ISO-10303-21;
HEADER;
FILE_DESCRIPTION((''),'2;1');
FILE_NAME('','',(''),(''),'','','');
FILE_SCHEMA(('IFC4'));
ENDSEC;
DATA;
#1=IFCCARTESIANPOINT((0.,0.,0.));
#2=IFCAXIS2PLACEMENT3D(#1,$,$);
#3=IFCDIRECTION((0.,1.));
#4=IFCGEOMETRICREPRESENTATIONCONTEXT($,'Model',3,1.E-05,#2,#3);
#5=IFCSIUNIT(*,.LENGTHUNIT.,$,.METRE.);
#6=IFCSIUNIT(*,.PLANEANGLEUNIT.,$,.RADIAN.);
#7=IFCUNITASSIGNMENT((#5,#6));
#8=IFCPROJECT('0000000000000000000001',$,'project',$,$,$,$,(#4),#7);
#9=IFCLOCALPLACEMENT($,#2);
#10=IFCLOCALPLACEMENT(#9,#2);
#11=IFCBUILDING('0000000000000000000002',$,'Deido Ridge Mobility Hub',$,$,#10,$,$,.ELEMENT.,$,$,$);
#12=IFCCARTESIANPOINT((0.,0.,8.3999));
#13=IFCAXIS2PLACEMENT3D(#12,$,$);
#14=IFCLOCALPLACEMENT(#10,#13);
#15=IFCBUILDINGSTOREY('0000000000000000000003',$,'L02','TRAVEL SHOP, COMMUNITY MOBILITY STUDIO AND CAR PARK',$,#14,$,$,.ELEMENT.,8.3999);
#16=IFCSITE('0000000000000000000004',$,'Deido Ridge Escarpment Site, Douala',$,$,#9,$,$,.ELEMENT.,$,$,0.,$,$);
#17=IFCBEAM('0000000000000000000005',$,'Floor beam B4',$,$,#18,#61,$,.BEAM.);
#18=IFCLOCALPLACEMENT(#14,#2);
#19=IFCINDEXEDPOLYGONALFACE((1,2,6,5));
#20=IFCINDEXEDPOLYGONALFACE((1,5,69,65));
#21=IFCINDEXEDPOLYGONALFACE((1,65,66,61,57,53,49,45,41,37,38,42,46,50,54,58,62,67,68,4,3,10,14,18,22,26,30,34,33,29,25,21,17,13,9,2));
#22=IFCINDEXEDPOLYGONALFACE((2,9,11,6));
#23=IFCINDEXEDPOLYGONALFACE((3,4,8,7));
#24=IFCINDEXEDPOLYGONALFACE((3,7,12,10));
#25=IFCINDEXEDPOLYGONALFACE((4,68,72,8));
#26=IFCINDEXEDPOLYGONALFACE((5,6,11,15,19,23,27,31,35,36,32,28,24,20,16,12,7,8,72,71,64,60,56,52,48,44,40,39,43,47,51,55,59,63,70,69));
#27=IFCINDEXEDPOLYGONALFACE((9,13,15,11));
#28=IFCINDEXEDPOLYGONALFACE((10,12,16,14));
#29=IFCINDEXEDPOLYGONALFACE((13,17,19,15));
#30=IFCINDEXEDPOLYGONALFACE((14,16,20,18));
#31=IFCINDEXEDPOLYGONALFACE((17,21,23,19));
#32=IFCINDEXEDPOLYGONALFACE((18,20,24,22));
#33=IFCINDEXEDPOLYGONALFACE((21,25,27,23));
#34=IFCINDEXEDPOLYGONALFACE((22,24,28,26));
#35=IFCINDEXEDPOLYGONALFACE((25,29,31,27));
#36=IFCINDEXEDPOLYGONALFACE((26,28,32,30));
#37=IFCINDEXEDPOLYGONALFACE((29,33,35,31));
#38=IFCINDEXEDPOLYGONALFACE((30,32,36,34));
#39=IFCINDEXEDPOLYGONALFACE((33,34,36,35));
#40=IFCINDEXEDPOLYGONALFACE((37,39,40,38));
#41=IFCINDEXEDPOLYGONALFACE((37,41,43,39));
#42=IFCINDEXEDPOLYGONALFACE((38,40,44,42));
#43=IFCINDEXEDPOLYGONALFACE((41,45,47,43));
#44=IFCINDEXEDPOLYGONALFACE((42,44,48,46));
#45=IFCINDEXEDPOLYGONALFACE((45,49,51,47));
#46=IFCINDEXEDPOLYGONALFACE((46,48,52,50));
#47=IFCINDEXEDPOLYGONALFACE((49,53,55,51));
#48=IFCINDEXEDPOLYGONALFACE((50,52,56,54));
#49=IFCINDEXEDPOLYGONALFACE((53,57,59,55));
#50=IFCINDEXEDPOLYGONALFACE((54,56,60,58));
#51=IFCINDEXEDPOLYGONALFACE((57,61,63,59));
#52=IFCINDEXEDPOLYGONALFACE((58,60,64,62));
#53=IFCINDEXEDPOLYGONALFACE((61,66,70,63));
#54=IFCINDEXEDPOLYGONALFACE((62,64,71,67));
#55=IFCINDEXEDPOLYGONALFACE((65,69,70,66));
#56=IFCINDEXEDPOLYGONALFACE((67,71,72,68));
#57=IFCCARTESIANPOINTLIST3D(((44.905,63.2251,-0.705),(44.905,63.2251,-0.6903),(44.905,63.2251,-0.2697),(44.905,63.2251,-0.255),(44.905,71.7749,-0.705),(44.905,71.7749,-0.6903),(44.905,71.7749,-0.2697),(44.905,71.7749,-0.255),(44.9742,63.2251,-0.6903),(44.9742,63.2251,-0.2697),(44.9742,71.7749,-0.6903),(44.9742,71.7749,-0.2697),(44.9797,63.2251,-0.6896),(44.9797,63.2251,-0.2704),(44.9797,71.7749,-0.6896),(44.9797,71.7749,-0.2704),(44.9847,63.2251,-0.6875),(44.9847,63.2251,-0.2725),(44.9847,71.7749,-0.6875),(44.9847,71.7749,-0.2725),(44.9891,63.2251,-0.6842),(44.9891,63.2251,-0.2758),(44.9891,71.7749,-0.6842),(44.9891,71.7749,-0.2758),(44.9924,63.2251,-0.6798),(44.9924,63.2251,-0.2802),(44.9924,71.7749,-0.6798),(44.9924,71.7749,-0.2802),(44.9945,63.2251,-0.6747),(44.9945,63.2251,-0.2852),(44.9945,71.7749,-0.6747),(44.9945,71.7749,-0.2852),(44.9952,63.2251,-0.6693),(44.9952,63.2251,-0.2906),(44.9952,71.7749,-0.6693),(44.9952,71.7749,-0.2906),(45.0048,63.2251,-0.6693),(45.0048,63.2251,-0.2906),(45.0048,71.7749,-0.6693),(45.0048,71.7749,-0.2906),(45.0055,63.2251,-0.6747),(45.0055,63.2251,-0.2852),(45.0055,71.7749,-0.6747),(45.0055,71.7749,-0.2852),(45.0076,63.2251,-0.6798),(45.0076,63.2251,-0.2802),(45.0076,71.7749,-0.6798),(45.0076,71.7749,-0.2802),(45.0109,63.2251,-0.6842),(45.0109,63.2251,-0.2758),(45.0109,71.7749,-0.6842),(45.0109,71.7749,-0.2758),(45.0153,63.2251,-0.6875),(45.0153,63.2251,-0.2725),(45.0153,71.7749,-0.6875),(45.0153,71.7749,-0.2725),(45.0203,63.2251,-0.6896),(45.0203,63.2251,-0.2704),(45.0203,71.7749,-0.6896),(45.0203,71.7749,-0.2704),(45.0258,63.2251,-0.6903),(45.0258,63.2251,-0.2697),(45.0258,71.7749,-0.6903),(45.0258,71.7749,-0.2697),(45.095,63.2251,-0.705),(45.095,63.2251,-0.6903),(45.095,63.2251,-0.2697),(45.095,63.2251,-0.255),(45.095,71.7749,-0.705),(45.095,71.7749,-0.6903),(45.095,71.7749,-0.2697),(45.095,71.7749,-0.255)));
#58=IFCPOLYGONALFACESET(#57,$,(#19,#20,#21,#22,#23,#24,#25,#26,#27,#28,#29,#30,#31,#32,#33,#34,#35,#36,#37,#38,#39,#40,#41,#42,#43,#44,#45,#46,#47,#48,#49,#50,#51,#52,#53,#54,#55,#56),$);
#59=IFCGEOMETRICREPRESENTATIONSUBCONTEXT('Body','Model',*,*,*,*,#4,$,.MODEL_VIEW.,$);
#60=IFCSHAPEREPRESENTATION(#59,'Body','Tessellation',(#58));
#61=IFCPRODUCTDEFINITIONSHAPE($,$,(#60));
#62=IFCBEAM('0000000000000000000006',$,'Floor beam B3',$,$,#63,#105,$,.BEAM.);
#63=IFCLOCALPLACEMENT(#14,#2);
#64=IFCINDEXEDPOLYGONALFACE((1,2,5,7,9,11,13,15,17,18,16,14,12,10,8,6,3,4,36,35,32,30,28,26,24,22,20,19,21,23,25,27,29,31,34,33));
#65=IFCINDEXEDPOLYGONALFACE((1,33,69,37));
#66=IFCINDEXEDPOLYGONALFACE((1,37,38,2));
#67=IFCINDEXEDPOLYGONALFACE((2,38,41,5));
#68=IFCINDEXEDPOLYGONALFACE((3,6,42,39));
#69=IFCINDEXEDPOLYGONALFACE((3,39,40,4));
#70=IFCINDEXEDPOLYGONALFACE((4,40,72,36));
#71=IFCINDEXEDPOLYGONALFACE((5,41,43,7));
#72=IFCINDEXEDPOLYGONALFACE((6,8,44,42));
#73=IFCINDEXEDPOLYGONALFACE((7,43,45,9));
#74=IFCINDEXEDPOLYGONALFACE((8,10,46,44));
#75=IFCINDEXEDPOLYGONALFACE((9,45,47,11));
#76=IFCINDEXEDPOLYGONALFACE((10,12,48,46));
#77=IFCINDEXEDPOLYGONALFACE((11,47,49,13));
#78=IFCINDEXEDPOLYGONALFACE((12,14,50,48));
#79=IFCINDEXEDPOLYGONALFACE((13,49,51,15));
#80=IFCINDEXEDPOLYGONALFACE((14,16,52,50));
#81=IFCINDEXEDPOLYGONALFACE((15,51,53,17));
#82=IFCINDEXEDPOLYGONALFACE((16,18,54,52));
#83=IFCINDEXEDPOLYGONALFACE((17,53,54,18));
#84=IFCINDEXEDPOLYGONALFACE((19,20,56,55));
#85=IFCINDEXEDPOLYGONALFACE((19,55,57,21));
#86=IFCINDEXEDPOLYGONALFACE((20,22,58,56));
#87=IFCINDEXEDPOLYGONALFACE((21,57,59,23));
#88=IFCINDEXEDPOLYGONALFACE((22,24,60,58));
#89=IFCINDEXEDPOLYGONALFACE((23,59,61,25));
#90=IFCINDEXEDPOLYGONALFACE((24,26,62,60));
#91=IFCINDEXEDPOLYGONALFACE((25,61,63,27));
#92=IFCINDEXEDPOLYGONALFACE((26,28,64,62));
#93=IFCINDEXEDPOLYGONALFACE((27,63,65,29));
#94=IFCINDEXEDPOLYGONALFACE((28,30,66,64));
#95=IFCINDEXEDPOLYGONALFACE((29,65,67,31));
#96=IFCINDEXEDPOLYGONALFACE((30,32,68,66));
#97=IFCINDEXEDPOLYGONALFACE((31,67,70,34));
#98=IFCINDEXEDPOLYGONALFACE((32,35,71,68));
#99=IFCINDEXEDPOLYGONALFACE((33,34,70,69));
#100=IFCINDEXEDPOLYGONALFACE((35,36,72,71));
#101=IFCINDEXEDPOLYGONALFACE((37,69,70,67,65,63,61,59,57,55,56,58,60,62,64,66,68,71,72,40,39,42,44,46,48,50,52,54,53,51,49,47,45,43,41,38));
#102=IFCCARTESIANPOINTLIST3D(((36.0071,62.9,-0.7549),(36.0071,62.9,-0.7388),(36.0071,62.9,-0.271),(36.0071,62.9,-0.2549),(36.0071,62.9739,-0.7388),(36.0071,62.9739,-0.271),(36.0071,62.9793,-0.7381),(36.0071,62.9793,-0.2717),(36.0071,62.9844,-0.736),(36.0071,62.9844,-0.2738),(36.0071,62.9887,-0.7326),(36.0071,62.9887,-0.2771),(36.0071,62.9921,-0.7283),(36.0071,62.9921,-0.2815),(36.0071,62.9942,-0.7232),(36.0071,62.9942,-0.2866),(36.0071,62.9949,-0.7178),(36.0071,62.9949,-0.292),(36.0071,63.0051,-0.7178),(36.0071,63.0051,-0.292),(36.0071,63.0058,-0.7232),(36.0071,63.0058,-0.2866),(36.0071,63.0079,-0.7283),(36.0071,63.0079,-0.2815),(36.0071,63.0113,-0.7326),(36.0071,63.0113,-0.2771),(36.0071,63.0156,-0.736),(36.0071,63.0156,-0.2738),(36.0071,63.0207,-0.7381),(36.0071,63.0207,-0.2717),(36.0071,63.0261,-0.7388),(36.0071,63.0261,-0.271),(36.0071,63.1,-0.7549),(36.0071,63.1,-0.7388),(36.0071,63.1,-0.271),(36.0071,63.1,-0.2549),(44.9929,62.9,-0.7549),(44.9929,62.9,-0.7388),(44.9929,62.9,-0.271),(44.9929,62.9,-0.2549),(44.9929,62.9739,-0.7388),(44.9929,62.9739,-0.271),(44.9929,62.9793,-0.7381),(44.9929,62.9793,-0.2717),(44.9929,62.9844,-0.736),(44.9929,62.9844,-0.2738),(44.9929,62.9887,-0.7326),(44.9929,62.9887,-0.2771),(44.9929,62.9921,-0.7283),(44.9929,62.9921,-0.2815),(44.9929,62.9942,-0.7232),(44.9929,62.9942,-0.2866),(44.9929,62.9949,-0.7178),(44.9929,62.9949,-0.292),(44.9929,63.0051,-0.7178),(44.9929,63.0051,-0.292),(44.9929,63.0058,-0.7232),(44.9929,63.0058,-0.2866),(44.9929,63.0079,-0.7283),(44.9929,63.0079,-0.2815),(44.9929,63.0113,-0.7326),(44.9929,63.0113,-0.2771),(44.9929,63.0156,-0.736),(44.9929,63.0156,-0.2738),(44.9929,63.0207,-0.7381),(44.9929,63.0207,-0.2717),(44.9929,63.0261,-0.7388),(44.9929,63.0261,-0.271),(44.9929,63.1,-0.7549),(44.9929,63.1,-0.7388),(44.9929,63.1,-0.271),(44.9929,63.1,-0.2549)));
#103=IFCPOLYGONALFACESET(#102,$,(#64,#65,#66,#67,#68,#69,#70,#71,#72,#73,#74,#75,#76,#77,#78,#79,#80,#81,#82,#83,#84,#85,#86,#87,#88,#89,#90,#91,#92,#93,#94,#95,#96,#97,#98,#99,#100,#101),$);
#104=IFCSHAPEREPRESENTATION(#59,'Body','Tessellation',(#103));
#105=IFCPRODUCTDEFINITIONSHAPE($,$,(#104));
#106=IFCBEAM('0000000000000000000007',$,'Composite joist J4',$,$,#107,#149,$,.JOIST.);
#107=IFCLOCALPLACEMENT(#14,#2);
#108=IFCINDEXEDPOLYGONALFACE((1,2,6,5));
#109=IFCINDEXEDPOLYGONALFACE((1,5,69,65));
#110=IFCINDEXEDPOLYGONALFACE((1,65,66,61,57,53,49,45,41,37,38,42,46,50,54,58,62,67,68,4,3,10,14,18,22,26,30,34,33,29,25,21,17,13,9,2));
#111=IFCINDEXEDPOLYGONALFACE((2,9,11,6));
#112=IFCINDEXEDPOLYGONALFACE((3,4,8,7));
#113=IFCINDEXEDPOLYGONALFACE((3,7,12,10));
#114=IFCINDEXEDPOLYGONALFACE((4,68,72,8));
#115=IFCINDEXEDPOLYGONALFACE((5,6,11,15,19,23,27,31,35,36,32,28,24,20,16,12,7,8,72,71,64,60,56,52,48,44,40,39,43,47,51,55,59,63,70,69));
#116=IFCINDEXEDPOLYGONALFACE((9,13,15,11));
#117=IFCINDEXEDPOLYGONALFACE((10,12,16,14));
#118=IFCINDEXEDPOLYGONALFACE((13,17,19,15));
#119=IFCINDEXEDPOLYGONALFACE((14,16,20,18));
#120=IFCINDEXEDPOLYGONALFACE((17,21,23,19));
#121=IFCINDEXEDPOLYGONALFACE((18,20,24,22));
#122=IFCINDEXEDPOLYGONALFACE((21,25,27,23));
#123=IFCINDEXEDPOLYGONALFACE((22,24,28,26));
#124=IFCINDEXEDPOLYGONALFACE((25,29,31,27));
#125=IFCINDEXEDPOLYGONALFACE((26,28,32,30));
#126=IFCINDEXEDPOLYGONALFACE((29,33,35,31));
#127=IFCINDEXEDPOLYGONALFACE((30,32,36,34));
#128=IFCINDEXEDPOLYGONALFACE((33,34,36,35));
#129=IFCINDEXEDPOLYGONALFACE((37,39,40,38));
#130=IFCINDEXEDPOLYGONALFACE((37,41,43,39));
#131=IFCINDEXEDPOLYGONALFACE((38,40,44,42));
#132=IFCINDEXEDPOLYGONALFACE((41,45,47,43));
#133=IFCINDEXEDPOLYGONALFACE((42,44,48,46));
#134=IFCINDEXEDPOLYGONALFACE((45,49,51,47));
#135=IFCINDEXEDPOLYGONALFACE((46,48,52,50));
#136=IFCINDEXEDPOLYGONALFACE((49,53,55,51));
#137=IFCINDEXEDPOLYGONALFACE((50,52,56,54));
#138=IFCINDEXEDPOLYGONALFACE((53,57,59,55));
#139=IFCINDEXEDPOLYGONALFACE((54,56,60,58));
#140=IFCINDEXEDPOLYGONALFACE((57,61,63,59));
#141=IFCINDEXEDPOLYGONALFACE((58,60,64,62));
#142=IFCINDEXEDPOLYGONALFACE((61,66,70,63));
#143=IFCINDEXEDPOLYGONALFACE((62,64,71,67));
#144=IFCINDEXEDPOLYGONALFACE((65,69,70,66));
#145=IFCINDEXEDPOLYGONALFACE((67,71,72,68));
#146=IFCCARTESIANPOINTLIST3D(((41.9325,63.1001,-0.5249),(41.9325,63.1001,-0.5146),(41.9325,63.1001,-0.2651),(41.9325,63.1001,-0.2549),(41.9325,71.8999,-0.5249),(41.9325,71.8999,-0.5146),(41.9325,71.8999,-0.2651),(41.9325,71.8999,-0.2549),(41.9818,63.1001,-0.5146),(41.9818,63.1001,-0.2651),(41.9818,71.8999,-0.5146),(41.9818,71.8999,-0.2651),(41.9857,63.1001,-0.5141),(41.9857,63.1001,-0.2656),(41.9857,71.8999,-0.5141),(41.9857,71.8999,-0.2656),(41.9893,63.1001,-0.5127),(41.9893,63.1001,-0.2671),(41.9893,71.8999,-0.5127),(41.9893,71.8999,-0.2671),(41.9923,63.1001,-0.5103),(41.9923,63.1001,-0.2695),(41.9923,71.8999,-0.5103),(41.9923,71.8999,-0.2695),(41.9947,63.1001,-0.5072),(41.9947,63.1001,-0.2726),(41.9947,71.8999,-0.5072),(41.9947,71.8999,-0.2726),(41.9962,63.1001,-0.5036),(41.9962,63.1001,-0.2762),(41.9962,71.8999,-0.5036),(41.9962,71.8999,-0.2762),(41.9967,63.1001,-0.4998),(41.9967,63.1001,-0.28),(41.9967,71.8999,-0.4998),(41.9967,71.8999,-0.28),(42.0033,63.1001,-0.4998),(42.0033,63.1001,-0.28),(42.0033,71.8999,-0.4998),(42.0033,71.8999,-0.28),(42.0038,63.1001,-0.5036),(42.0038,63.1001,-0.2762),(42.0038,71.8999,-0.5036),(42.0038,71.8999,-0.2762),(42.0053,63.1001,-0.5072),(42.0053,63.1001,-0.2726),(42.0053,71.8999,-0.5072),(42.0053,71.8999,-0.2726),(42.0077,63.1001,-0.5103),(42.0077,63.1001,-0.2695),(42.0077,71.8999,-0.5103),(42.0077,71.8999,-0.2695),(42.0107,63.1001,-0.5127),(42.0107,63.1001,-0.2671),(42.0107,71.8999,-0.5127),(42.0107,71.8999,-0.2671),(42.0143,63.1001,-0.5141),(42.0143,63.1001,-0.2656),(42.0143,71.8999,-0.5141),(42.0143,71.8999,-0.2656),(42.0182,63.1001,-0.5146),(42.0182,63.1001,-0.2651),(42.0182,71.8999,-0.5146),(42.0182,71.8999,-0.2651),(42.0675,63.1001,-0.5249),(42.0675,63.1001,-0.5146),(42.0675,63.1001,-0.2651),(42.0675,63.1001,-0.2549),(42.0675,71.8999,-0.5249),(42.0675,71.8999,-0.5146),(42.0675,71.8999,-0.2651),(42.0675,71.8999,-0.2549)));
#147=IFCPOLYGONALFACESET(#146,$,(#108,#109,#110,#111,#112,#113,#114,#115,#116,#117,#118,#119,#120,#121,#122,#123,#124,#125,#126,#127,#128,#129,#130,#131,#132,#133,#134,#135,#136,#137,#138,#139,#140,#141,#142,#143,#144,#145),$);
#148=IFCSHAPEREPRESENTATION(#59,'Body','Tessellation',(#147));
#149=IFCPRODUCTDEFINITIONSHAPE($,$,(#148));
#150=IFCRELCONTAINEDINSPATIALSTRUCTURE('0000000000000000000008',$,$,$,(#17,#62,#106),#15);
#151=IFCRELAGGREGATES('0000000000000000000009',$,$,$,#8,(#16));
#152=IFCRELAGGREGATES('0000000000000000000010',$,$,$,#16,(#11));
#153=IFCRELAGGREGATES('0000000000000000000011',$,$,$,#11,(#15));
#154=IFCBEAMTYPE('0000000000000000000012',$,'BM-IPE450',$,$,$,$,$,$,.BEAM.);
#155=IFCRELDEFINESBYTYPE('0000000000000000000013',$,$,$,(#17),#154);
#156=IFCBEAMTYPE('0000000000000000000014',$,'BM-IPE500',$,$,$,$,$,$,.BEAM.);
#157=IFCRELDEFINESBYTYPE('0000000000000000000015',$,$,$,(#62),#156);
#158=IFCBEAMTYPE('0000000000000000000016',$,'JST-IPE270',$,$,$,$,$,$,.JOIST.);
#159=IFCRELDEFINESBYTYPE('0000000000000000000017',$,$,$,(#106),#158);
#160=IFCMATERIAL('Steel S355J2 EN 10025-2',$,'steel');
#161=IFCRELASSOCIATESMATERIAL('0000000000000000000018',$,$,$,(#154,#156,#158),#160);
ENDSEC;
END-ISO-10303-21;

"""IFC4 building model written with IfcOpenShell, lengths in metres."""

from ifc_helpers import new_model, si_unit, direction, frame, origin, origin_2d, place, context, subcontext, project, spatial, i_section, extrude, material, material_profile, profile_set, type_object, element, save


model = new_model("IFC4")

# Units and contexts
model_context = context("Model", 3, precision=1e-05, world=origin(), true_north=direction((0.0, 1.0)))
body_context = subcontext(model_context, "Body", "Model", "MODEL_VIEW")
ifc_project = project(units=[si_unit("LENGTHUNIT", "METRE"), si_unit("PLANEANGLEUNIT", "RADIAN")], contexts=[model_context])

# Site, building, storey
site_placement = place(None, origin())
site = spatial("IfcSite", under=ifc_project, at=site_placement, Name="Deido Ridge Escarpment Site, Douala", CompositionType="ELEMENT", RefElevation=0.0)
building_placement = place(site_placement, origin())
building = spatial("IfcBuilding", under=site, at=building_placement, Name="Deido Ridge Mobility Hub", CompositionType="ELEMENT")
storey_placement = place(building_placement, frame((0.0, 0.0, 8.3999)))
storey = spatial("IfcBuildingStorey", under=building, at=storey_placement, Name="L02", Description="TRAVEL SHOP, COMMUNITY MOBILITY STUDIO AND CAR PARK", CompositionType="ELEMENT", Elevation=8.3999)

# Shared definitions
ifc_material_1 = material(Name="Steel S355J2 EN 10025-2", Category="steel")

# Beams
ifc_material_profile_1 = material_profile(ifc_material_1, i_section(OverallWidth=0.1899, OverallDepth=0.45, WebThickness=0.0095, FlangeThickness=0.0146, FilletRadius=0.021, at=origin_2d()), Name="IPE 450")
ifc_profile_set_1 = profile_set([ifc_material_profile_1], Name="Steel S355J2 EN 10025-2")
beam_type_1 = type_object("IfcBeamType", Name="BM-IPE450", PredefinedType="BEAM", material=ifc_profile_set_1)
beam_1_placement = place(storey_placement, frame((45.0, 63.2251, -0.48), z_axis=(0.0, 1.0, 0.0), x_axis=(-1.0, 0.0, 0.0)))
element("IfcBeam", 1, at=beam_1_placement, inside=storey, type_object=beam_type_1, Name="Floor beam B4", PredefinedType="BEAM", context=body_context, shape_type="SweptSolid", body=[
    extrude(i_section(OverallWidth=0.1899, OverallDepth=0.45, WebThickness=0.0095, FlangeThickness=0.0146, FilletRadius=0.021, at=origin_2d()), origin(), (0.0, 0.0, 1.0), 8.5498),
])
ifc_material_profile_2 = material_profile(ifc_material_1, i_section(OverallWidth=0.2, OverallDepth=0.5, WebThickness=0.0103, FlangeThickness=0.0161, FilletRadius=0.021, at=origin_2d()), Name="IPE 500")
ifc_profile_set_2 = profile_set([ifc_material_profile_2], Name="Steel S355J2 EN 10025-2")
beam_type_2 = type_object("IfcBeamType", Name="BM-IPE500", PredefinedType="BEAM", material=ifc_profile_set_2)
beam_2_placement = place(storey_placement, frame((36.0071, 63.0, -0.5049), z_axis=(1.0, 0.0, 0.0), x_axis=(0.0, 1.0, 0.0)))
element("IfcBeam", 2, at=beam_2_placement, inside=storey, type_object=beam_type_2, Name="Floor beam B3", PredefinedType="BEAM", context=body_context, shape_type="SweptSolid", body=[
    extrude(i_section(OverallWidth=0.2, OverallDepth=0.5, WebThickness=0.0103, FlangeThickness=0.0161, FilletRadius=0.021, at=origin_2d()), origin(), (0.0, 0.0, 1.0), 8.9858),
])
ifc_material_profile_3 = material_profile(ifc_material_1, i_section(OverallWidth=0.135, OverallDepth=0.27, WebThickness=0.0066, FlangeThickness=0.0103, FilletRadius=0.0149, at=origin_2d()), Name="IPE 270")
ifc_profile_set_3 = profile_set([ifc_material_profile_3], Name="Steel S355J2 EN 10025-2")
beam_type_3 = type_object("IfcBeamType", Name="JST-IPE270", PredefinedType="JOIST", material=ifc_profile_set_3)
beam_3_placement = place(storey_placement, frame((42.0, 63.1001, -0.3899), z_axis=(0.0, 1.0, 0.0), x_axis=(-1.0, 0.0, 0.0)))
element("IfcBeam", 3, at=beam_3_placement, inside=storey, type_object=beam_type_3, Name="Composite joist J4", PredefinedType="JOIST", context=body_context, shape_type="SweptSolid", body=[
    extrude(i_section(OverallWidth=0.135, OverallDepth=0.27, WebThickness=0.0066, FlangeThickness=0.0103, FilletRadius=0.0149, at=origin_2d()), origin(), (0.0, 0.0, 1.0), 8.7998),
])

save(model, "model.ifc")
